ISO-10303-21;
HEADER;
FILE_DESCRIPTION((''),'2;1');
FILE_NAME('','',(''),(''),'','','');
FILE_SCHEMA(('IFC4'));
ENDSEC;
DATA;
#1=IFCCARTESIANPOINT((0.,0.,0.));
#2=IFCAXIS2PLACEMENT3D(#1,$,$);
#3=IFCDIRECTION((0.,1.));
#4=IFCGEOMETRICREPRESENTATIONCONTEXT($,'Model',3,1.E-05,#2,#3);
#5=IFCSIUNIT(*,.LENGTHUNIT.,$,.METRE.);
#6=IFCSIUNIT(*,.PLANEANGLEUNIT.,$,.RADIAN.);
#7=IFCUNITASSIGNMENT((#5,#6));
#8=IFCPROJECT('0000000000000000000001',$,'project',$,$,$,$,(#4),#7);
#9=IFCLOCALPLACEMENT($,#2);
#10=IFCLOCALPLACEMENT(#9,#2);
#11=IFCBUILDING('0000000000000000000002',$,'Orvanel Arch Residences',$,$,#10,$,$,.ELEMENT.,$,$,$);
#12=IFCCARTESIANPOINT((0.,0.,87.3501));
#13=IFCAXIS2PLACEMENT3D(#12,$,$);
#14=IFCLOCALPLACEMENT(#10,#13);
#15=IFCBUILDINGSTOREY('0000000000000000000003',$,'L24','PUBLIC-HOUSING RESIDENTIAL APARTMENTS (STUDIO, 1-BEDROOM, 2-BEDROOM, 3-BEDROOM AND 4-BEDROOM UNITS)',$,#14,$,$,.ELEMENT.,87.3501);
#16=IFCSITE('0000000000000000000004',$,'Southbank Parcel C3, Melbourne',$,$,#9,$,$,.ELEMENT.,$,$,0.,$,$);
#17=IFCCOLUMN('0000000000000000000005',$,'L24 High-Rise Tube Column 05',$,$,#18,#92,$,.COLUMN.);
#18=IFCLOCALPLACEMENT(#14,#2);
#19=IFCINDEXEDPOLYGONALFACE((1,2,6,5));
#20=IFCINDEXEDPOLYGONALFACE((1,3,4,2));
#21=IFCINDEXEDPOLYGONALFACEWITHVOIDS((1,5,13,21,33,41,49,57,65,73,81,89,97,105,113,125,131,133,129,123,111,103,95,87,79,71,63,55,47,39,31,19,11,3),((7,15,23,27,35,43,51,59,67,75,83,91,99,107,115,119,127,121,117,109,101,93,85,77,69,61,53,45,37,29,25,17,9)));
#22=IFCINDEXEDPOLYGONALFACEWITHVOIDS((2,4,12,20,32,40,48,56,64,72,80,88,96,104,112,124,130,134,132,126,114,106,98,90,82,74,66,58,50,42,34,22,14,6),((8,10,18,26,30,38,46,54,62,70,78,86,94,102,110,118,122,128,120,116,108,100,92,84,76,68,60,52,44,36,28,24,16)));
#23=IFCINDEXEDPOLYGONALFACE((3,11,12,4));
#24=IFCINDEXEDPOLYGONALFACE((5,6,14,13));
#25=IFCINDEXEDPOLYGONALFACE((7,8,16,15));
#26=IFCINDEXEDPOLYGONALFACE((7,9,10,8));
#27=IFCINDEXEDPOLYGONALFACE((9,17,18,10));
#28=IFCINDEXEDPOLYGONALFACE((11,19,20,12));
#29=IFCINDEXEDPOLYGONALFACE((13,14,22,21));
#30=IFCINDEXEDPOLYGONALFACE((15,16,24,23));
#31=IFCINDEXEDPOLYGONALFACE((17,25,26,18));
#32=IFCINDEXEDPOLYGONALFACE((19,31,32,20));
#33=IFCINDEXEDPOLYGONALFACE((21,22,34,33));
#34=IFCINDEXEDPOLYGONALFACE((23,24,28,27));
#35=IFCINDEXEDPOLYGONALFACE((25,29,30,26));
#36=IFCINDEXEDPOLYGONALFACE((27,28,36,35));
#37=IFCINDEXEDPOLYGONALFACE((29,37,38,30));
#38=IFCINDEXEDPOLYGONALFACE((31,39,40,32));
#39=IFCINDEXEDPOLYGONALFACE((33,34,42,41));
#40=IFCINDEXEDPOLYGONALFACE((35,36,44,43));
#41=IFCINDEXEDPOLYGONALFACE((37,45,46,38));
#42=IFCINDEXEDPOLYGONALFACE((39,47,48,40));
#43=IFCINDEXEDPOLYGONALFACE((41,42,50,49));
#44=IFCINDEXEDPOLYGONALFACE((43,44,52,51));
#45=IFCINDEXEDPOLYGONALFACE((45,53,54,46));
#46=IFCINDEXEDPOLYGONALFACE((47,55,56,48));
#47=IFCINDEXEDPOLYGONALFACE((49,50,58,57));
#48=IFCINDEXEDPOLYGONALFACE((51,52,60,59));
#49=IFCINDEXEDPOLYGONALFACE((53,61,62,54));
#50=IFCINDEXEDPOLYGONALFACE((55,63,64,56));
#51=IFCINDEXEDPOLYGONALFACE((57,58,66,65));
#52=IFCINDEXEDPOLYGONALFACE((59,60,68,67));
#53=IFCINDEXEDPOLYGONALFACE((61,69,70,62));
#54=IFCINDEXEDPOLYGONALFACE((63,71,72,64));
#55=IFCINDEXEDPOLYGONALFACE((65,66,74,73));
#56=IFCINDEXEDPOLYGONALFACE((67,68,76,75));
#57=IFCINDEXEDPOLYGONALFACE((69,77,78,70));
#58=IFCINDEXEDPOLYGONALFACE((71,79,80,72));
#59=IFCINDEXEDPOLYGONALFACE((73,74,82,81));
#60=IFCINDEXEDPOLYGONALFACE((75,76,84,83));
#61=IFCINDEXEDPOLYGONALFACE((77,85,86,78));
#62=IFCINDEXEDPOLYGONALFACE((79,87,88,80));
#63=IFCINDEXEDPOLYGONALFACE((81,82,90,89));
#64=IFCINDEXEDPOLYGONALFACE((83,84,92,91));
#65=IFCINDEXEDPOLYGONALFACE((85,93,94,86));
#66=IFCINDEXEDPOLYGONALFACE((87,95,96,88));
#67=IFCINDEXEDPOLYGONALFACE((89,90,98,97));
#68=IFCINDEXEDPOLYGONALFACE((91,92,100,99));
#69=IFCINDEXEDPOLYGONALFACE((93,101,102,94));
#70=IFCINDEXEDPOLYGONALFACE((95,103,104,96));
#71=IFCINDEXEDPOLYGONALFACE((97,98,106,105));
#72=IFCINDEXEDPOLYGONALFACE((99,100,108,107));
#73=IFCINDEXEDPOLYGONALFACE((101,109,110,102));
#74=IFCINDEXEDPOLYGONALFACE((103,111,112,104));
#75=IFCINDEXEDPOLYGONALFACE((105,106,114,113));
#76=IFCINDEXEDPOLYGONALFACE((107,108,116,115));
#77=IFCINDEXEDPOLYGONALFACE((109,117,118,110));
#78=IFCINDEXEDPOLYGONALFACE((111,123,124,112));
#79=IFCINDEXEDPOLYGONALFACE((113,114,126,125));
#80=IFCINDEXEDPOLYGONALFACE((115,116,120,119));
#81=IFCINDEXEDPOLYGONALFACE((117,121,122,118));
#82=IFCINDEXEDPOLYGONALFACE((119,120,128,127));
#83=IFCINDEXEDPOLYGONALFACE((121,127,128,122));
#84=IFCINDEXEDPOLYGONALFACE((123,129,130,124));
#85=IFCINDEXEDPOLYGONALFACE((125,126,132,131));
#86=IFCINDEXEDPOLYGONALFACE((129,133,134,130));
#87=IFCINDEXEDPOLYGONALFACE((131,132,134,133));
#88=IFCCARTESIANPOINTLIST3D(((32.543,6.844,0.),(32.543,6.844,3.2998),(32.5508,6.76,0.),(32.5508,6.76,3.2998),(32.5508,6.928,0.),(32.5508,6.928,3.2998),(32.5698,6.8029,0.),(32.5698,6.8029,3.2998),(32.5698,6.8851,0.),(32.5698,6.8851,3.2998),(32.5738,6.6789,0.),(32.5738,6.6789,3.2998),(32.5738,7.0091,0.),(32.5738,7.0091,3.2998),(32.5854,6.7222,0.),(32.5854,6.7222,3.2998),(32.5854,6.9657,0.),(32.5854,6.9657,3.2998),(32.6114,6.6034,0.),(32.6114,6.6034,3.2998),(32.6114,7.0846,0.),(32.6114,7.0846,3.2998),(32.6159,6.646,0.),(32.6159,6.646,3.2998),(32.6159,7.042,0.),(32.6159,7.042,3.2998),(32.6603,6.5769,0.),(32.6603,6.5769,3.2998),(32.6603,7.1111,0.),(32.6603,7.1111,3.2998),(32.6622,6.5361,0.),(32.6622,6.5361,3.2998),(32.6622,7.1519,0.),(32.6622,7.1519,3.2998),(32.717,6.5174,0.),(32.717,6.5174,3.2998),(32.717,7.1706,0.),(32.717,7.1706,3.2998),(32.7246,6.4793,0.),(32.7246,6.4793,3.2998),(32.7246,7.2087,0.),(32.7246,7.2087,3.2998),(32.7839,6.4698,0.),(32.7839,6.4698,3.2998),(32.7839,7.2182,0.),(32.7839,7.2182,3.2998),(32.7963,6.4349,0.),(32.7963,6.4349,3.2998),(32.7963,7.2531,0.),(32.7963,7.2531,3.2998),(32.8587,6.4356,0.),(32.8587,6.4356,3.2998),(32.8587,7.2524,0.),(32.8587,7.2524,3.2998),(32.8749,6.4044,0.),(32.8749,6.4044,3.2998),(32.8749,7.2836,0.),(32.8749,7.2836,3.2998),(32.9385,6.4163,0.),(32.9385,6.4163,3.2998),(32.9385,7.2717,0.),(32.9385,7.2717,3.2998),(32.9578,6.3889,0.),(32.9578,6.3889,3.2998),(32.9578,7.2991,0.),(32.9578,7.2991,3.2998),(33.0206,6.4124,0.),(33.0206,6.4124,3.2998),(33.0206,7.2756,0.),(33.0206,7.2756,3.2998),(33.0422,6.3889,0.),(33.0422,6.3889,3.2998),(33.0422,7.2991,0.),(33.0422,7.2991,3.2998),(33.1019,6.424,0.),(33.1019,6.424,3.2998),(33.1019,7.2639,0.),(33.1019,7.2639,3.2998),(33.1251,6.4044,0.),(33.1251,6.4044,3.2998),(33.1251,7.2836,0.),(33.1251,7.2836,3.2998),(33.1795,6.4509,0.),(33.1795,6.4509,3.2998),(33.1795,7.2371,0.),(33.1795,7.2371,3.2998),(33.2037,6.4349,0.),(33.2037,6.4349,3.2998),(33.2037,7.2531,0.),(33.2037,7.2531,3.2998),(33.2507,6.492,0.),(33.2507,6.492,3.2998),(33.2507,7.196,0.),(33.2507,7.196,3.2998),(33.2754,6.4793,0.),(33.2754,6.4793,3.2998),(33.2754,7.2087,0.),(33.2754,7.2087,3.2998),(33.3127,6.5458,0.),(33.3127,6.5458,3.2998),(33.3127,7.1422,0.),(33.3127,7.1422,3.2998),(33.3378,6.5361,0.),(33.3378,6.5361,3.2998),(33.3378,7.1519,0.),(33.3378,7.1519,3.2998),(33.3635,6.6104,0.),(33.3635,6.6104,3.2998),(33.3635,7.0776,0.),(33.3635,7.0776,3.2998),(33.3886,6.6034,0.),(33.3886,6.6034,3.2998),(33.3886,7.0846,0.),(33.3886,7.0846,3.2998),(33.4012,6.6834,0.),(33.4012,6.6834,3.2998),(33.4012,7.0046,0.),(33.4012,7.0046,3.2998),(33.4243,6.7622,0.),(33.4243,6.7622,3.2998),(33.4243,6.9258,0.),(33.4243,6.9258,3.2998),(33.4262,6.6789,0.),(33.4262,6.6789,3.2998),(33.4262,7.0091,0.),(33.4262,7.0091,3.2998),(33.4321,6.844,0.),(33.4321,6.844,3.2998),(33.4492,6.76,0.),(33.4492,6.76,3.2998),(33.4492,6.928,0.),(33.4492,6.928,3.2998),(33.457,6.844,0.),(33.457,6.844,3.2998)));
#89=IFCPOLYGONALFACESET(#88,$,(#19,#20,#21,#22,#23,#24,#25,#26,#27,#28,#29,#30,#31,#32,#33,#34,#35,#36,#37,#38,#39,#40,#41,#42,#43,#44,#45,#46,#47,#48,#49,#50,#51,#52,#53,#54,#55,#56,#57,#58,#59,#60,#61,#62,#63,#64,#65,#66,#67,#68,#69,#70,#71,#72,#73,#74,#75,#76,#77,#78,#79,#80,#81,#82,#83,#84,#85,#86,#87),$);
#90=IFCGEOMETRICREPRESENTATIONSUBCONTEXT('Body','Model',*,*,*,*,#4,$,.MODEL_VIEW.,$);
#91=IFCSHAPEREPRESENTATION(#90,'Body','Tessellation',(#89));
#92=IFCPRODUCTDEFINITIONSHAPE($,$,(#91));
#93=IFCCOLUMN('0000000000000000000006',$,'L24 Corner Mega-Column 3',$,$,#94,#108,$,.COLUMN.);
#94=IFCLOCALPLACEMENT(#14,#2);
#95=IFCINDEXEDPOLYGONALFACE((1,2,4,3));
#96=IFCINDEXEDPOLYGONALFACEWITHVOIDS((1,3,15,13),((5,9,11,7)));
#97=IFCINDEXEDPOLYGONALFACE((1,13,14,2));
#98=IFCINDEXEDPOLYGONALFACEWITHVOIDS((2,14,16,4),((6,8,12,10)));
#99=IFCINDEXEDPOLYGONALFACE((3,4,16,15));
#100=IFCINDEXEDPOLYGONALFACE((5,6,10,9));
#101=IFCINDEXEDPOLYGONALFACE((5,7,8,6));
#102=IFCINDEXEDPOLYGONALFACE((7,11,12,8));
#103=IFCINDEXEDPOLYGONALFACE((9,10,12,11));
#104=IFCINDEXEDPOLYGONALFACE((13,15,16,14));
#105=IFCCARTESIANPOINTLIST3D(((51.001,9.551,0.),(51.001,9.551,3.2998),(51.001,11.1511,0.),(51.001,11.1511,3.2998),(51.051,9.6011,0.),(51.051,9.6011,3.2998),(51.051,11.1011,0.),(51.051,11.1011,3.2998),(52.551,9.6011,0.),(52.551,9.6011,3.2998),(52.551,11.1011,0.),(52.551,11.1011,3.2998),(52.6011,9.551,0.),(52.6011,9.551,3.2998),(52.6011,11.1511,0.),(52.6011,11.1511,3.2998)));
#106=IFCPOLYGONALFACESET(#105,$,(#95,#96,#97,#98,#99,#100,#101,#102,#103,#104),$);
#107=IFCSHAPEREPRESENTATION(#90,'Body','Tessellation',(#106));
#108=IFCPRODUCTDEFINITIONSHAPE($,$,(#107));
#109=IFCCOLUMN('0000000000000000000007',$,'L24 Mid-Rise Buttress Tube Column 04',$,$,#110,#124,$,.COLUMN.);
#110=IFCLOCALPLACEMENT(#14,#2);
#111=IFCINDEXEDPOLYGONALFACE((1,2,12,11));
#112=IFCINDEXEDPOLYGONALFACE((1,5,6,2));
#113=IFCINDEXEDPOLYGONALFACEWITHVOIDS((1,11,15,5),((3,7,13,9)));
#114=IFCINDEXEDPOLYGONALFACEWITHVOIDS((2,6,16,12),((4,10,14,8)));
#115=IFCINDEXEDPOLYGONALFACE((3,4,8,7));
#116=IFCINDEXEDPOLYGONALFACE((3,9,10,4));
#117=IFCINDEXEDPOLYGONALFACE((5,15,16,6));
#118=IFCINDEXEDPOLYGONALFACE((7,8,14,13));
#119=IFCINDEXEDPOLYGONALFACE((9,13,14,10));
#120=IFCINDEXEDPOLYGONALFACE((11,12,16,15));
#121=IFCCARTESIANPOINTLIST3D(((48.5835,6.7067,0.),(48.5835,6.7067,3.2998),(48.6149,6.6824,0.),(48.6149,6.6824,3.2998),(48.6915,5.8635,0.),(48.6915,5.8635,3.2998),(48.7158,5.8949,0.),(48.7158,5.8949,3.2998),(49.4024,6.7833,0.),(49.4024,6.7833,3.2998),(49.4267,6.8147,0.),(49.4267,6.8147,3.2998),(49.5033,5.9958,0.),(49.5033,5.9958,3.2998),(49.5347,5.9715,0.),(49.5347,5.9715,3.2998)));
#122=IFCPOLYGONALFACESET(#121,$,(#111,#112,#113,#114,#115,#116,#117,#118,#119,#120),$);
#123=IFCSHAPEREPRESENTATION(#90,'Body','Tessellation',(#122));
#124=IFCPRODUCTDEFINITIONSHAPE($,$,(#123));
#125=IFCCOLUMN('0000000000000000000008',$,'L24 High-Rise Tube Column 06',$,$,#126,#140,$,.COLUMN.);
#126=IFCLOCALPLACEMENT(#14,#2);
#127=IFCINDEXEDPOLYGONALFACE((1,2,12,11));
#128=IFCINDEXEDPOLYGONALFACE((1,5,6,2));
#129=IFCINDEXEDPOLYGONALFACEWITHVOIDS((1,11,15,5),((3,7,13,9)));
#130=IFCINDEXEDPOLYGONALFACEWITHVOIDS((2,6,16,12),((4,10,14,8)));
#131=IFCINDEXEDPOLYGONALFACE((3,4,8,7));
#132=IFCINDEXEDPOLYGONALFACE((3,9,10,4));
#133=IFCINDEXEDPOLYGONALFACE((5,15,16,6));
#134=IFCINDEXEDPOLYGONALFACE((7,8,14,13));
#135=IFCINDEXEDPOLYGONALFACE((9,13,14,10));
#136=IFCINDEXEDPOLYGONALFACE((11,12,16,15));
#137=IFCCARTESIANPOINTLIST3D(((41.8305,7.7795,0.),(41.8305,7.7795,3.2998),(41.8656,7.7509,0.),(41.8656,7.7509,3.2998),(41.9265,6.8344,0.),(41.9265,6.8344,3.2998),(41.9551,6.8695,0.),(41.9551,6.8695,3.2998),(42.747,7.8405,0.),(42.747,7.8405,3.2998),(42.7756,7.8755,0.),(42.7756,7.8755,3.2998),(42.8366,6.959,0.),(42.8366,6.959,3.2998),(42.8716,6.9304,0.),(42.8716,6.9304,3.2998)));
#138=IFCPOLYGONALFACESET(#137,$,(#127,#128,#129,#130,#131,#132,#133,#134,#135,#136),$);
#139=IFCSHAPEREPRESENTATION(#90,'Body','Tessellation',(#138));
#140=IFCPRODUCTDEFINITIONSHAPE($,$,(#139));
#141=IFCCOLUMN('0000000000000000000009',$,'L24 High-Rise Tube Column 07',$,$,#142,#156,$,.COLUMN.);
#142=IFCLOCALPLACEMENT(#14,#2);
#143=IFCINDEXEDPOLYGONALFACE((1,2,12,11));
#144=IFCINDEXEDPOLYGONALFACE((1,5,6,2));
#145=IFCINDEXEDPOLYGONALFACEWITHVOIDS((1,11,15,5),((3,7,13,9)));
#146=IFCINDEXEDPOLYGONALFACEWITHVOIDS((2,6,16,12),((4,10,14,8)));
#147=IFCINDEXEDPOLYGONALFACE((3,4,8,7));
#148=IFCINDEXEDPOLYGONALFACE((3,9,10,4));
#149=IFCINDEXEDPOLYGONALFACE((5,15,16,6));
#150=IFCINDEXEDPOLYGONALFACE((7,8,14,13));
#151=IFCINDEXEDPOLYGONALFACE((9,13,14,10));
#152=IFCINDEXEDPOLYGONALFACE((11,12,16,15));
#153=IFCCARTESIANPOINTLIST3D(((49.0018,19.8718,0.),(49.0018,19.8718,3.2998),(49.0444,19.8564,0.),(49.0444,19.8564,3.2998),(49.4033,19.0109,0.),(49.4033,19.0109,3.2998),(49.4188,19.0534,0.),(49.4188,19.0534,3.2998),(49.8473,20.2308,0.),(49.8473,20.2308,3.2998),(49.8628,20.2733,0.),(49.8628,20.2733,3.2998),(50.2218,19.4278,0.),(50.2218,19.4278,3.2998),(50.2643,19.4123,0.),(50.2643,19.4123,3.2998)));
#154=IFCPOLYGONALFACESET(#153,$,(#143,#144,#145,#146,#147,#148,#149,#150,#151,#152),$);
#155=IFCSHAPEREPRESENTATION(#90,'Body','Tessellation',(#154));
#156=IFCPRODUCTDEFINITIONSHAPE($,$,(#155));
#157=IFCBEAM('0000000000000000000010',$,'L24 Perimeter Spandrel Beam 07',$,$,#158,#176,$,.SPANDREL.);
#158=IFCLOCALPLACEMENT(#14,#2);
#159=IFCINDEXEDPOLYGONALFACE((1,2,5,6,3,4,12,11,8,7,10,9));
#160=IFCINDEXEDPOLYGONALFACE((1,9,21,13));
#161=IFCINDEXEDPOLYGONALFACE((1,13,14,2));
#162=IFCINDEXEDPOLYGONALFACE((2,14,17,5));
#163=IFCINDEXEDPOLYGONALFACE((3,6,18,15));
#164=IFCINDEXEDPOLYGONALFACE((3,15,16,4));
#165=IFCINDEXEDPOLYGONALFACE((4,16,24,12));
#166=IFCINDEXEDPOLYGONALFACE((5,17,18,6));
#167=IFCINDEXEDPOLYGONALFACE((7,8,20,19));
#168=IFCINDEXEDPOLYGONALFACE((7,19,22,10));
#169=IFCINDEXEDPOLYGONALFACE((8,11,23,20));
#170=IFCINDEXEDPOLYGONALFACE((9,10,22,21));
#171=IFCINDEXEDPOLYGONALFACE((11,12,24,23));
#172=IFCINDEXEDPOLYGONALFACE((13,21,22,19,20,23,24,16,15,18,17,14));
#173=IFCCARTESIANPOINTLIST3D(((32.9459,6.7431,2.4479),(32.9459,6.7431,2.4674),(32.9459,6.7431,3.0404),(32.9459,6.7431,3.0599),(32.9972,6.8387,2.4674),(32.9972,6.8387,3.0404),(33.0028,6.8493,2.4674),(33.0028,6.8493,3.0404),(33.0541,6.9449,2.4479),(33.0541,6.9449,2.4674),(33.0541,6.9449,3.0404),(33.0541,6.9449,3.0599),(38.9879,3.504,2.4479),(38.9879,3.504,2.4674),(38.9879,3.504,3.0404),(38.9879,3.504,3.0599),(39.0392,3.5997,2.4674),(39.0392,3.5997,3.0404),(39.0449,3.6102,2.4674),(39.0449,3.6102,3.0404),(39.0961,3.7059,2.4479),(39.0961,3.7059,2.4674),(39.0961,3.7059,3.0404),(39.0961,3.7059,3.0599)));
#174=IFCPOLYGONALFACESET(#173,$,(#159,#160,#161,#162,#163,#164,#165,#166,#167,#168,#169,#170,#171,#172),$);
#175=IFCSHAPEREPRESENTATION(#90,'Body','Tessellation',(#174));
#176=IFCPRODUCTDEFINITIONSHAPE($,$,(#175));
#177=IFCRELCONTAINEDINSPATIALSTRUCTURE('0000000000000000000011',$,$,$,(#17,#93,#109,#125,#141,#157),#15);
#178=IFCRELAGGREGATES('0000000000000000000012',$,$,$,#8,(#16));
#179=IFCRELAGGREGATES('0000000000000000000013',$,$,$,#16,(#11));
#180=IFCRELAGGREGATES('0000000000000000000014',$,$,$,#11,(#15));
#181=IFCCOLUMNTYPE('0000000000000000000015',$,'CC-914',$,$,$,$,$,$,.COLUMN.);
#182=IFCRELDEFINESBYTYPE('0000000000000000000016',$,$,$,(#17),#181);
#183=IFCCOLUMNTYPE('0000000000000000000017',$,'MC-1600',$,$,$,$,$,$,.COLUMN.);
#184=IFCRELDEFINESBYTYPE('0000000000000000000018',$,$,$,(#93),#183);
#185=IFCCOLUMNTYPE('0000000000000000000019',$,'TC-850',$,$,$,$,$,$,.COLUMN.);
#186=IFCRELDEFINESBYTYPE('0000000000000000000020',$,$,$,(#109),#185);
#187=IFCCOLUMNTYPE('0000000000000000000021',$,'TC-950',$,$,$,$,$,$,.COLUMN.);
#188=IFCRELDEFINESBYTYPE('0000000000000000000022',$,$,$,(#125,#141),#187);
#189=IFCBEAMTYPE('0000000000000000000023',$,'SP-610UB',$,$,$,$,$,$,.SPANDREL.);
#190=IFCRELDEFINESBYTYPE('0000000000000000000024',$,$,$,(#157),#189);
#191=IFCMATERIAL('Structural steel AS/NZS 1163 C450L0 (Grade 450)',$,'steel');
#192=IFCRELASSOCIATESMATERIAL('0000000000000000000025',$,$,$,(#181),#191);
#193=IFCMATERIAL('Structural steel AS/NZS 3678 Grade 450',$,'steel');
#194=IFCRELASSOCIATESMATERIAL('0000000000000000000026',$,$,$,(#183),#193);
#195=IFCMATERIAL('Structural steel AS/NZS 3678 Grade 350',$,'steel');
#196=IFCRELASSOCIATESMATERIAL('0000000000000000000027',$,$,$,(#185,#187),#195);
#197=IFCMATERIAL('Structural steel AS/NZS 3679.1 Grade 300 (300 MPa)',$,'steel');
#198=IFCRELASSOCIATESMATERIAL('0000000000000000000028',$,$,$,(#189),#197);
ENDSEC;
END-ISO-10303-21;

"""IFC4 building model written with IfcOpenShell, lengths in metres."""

from ifc_helpers import new_model, si_unit, direction, frame, origin, origin_2d, place, context, subcontext, project, spatial, hollow_rectangle, hollow_circle, i_section, extrude, material, material_profile, profile_set, type_object, element, save


model = new_model("IFC4")

# Units and contexts
model_context = context("Model", 3, precision=1e-05, world=origin(), true_north=direction((0.0, 1.0)))
body_context = subcontext(model_context, "Body", "Model", "MODEL_VIEW")
ifc_project = project(units=[si_unit("LENGTHUNIT", "METRE"), si_unit("PLANEANGLEUNIT", "RADIAN")], contexts=[model_context])

# Site, building, storey
site_placement = place(None, origin())
site = spatial("IfcSite", under=ifc_project, at=site_placement, Name="Southbank Parcel C3, Melbourne", CompositionType="ELEMENT", RefElevation=0.0)
building_placement = place(site_placement, origin())
building = spatial("IfcBuilding", under=site, at=building_placement, Name="Orvanel Arch Residences", CompositionType="ELEMENT")
storey_placement = place(building_placement, frame((0.0, 0.0, 87.3501)))
storey = spatial("IfcBuildingStorey", under=building, at=storey_placement, Name="L24", Description="PUBLIC-HOUSING RESIDENTIAL APARTMENTS (STUDIO, 1-BEDROOM, 2-BEDROOM, 3-BEDROOM AND 4-BEDROOM UNITS)", CompositionType="ELEMENT", Elevation=87.3501)

# Columns
ifc_material_1 = material(Name="Structural steel AS/NZS 1163 C450L0 (Grade 450)", Category="steel")
ifc_material_profile_1 = material_profile(ifc_material_1, hollow_circle(Radius=0.457, WallThickness=0.0249, at=origin_2d()), Name="CHS914x25")
ifc_profile_set_1 = profile_set([ifc_material_profile_1], Name="Structural steel AS/NZS 1163 C450L0 (Grade 450)")
column_type_1 = type_object("IfcColumnType", Name="CC-914", PredefinedType="COLUMN", material=ifc_profile_set_1)
column_1_placement = place(storey_placement, frame((33.0, 6.844, 0.0), z_axis=(0.0, 0.0, 1.0), x_axis=(1.0, 0.0, 0.0)))
element("IfcColumn", 1, at=column_1_placement, inside=storey, type_object=column_type_1, Name="L24 High-Rise Tube Column 05", PredefinedType="COLUMN", context=body_context, shape_type="SweptSolid", body=[
    extrude(hollow_circle(Radius=0.457, WallThickness=0.0249, at=origin_2d()), origin(), (0.0, 0.0, 1.0), 3.2998),
])
ifc_material_2 = material(Name="Structural steel AS/NZS 3678 Grade 450", Category="steel")
ifc_material_profile_2 = material_profile(ifc_material_2, hollow_rectangle(XDim=1.6001, YDim=1.6001, WallThickness=0.05, at=origin_2d()), Name="BOX1600x1600x50")
ifc_profile_set_2 = profile_set([ifc_material_profile_2], Name="Structural steel AS/NZS 3678 Grade 450")
column_type_2 = type_object("IfcColumnType", Name="MC-1600", PredefinedType="COLUMN", material=ifc_profile_set_2)
column_2_placement = place(storey_placement, frame((51.801, 10.3511, 0.0), z_axis=(0.0, 0.0, 1.0), x_axis=(1.0, 0.0, 0.0)))
element("IfcColumn", 2, at=column_2_placement, inside=storey, type_object=column_type_2, Name="L24 Corner Mega-Column 3", PredefinedType="COLUMN", context=body_context, shape_type="SweptSolid", body=[
    extrude(hollow_rectangle(XDim=1.6001, YDim=1.6001, WallThickness=0.05, at=origin_2d()), origin(), (0.0, 0.0, 1.0), 3.2998),
])
ifc_material_3 = material(Name="Structural steel AS/NZS 3678 Grade 350", Category="steel")
ifc_material_profile_3 = material_profile(ifc_material_3, hollow_rectangle(XDim=0.8501, YDim=0.8501, WallThickness=0.0281, at=origin_2d()), Name="BOX850x850x28")
ifc_profile_set_3 = profile_set([ifc_material_profile_3], Name="Structural steel AS/NZS 3678 Grade 350")
column_type_3 = type_object("IfcColumnType", Name="TC-850", PredefinedType="COLUMN", material=ifc_profile_set_3)
column_3_placement = place(storey_placement, frame((49.0591, 6.3391, 0.0), z_axis=(0.0, 0.0, 1.0), x_axis=(0.991894, 0.127065, 0.0)))
element("IfcColumn", 3, at=column_3_placement, inside=storey, type_object=column_type_3, Name="L24 Mid-Rise Buttress Tube Column 04", PredefinedType="COLUMN", context=body_context, shape_type="SweptSolid", body=[
    extrude(hollow_rectangle(XDim=0.8501, YDim=0.8501, WallThickness=0.0281, at=origin_2d()), origin(), (0.0, 0.0, 1.0), 3.2998),
])
ifc_material_profile_4 = material_profile(ifc_material_3, hollow_rectangle(XDim=0.95, YDim=0.95, WallThickness=0.032, at=origin_2d()), Name="BOX950x950x32")
ifc_profile_set_4 = profile_set([ifc_material_profile_4], Name="Structural steel AS/NZS 3678 Grade 350")
column_type_4 = type_object("IfcColumnType", Name="TC-950", PredefinedType="COLUMN", material=ifc_profile_set_4)
for number, where, z_axis, x_axis, name in (
    (4, (42.3511, 7.355, 0.0), (0.0, 0.0, 1.0), (0.994881, 0.101056, 0.0), "L24 High-Rise Tube Column 06"),
    (5, (49.6331, 19.6421, 0.0), (0.0, 0.0, 1.0), (-0.422618, 0.906308, 0.0), "L24 High-Rise Tube Column 07"),
):
    element("IfcColumn", number, at=place(storey_placement, frame(where, z_axis=z_axis, x_axis=x_axis)), inside=storey, type_object=column_type_4, Name=name, PredefinedType="COLUMN", context=body_context, shape_type="SweptSolid", body=[
        extrude(hollow_rectangle(XDim=0.95, YDim=0.95, WallThickness=0.032, at=origin_2d()), origin(), (0.0, 0.0, 1.0), 3.2998),
    ])

# Beam
ifc_material_4 = material(Name="Structural steel AS/NZS 3679.1 Grade 300 (300 MPa)", Category="steel")
ifc_material_profile_5 = material_profile(ifc_material_4, i_section(OverallWidth=0.229, OverallDepth=0.6121, WebThickness=0.012, FlangeThickness=0.0195, at=origin_2d()), Name="610UB125")
ifc_profile_set_5 = profile_set([ifc_material_profile_5], Name="Structural steel AS/NZS 3679.1 Grade 300 (300 MPa)")
beam_type = type_object("IfcBeamType", Name="SP-610UB", PredefinedType="SPANDREL", material=ifc_profile_set_5)
beam_1_placement = place(storey_placement, frame((33.0, 6.844, 2.7539), z_axis=(0.881344, -0.472474, 0.0), x_axis=(0.472474, 0.881344, 0.0)))
element("IfcBeam", 6, at=beam_1_placement, inside=storey, type_object=beam_type, Name="L24 Perimeter Spandrel Beam 07", PredefinedType="SPANDREL", context=body_context, shape_type="SweptSolid", body=[
    extrude(i_section(OverallWidth=0.229, OverallDepth=0.6121, WebThickness=0.012, FlangeThickness=0.0195, at=origin_2d()), origin(), (0.0, 0.0, 1.0), 6.8555),
])

save(model, "model.ifc")
